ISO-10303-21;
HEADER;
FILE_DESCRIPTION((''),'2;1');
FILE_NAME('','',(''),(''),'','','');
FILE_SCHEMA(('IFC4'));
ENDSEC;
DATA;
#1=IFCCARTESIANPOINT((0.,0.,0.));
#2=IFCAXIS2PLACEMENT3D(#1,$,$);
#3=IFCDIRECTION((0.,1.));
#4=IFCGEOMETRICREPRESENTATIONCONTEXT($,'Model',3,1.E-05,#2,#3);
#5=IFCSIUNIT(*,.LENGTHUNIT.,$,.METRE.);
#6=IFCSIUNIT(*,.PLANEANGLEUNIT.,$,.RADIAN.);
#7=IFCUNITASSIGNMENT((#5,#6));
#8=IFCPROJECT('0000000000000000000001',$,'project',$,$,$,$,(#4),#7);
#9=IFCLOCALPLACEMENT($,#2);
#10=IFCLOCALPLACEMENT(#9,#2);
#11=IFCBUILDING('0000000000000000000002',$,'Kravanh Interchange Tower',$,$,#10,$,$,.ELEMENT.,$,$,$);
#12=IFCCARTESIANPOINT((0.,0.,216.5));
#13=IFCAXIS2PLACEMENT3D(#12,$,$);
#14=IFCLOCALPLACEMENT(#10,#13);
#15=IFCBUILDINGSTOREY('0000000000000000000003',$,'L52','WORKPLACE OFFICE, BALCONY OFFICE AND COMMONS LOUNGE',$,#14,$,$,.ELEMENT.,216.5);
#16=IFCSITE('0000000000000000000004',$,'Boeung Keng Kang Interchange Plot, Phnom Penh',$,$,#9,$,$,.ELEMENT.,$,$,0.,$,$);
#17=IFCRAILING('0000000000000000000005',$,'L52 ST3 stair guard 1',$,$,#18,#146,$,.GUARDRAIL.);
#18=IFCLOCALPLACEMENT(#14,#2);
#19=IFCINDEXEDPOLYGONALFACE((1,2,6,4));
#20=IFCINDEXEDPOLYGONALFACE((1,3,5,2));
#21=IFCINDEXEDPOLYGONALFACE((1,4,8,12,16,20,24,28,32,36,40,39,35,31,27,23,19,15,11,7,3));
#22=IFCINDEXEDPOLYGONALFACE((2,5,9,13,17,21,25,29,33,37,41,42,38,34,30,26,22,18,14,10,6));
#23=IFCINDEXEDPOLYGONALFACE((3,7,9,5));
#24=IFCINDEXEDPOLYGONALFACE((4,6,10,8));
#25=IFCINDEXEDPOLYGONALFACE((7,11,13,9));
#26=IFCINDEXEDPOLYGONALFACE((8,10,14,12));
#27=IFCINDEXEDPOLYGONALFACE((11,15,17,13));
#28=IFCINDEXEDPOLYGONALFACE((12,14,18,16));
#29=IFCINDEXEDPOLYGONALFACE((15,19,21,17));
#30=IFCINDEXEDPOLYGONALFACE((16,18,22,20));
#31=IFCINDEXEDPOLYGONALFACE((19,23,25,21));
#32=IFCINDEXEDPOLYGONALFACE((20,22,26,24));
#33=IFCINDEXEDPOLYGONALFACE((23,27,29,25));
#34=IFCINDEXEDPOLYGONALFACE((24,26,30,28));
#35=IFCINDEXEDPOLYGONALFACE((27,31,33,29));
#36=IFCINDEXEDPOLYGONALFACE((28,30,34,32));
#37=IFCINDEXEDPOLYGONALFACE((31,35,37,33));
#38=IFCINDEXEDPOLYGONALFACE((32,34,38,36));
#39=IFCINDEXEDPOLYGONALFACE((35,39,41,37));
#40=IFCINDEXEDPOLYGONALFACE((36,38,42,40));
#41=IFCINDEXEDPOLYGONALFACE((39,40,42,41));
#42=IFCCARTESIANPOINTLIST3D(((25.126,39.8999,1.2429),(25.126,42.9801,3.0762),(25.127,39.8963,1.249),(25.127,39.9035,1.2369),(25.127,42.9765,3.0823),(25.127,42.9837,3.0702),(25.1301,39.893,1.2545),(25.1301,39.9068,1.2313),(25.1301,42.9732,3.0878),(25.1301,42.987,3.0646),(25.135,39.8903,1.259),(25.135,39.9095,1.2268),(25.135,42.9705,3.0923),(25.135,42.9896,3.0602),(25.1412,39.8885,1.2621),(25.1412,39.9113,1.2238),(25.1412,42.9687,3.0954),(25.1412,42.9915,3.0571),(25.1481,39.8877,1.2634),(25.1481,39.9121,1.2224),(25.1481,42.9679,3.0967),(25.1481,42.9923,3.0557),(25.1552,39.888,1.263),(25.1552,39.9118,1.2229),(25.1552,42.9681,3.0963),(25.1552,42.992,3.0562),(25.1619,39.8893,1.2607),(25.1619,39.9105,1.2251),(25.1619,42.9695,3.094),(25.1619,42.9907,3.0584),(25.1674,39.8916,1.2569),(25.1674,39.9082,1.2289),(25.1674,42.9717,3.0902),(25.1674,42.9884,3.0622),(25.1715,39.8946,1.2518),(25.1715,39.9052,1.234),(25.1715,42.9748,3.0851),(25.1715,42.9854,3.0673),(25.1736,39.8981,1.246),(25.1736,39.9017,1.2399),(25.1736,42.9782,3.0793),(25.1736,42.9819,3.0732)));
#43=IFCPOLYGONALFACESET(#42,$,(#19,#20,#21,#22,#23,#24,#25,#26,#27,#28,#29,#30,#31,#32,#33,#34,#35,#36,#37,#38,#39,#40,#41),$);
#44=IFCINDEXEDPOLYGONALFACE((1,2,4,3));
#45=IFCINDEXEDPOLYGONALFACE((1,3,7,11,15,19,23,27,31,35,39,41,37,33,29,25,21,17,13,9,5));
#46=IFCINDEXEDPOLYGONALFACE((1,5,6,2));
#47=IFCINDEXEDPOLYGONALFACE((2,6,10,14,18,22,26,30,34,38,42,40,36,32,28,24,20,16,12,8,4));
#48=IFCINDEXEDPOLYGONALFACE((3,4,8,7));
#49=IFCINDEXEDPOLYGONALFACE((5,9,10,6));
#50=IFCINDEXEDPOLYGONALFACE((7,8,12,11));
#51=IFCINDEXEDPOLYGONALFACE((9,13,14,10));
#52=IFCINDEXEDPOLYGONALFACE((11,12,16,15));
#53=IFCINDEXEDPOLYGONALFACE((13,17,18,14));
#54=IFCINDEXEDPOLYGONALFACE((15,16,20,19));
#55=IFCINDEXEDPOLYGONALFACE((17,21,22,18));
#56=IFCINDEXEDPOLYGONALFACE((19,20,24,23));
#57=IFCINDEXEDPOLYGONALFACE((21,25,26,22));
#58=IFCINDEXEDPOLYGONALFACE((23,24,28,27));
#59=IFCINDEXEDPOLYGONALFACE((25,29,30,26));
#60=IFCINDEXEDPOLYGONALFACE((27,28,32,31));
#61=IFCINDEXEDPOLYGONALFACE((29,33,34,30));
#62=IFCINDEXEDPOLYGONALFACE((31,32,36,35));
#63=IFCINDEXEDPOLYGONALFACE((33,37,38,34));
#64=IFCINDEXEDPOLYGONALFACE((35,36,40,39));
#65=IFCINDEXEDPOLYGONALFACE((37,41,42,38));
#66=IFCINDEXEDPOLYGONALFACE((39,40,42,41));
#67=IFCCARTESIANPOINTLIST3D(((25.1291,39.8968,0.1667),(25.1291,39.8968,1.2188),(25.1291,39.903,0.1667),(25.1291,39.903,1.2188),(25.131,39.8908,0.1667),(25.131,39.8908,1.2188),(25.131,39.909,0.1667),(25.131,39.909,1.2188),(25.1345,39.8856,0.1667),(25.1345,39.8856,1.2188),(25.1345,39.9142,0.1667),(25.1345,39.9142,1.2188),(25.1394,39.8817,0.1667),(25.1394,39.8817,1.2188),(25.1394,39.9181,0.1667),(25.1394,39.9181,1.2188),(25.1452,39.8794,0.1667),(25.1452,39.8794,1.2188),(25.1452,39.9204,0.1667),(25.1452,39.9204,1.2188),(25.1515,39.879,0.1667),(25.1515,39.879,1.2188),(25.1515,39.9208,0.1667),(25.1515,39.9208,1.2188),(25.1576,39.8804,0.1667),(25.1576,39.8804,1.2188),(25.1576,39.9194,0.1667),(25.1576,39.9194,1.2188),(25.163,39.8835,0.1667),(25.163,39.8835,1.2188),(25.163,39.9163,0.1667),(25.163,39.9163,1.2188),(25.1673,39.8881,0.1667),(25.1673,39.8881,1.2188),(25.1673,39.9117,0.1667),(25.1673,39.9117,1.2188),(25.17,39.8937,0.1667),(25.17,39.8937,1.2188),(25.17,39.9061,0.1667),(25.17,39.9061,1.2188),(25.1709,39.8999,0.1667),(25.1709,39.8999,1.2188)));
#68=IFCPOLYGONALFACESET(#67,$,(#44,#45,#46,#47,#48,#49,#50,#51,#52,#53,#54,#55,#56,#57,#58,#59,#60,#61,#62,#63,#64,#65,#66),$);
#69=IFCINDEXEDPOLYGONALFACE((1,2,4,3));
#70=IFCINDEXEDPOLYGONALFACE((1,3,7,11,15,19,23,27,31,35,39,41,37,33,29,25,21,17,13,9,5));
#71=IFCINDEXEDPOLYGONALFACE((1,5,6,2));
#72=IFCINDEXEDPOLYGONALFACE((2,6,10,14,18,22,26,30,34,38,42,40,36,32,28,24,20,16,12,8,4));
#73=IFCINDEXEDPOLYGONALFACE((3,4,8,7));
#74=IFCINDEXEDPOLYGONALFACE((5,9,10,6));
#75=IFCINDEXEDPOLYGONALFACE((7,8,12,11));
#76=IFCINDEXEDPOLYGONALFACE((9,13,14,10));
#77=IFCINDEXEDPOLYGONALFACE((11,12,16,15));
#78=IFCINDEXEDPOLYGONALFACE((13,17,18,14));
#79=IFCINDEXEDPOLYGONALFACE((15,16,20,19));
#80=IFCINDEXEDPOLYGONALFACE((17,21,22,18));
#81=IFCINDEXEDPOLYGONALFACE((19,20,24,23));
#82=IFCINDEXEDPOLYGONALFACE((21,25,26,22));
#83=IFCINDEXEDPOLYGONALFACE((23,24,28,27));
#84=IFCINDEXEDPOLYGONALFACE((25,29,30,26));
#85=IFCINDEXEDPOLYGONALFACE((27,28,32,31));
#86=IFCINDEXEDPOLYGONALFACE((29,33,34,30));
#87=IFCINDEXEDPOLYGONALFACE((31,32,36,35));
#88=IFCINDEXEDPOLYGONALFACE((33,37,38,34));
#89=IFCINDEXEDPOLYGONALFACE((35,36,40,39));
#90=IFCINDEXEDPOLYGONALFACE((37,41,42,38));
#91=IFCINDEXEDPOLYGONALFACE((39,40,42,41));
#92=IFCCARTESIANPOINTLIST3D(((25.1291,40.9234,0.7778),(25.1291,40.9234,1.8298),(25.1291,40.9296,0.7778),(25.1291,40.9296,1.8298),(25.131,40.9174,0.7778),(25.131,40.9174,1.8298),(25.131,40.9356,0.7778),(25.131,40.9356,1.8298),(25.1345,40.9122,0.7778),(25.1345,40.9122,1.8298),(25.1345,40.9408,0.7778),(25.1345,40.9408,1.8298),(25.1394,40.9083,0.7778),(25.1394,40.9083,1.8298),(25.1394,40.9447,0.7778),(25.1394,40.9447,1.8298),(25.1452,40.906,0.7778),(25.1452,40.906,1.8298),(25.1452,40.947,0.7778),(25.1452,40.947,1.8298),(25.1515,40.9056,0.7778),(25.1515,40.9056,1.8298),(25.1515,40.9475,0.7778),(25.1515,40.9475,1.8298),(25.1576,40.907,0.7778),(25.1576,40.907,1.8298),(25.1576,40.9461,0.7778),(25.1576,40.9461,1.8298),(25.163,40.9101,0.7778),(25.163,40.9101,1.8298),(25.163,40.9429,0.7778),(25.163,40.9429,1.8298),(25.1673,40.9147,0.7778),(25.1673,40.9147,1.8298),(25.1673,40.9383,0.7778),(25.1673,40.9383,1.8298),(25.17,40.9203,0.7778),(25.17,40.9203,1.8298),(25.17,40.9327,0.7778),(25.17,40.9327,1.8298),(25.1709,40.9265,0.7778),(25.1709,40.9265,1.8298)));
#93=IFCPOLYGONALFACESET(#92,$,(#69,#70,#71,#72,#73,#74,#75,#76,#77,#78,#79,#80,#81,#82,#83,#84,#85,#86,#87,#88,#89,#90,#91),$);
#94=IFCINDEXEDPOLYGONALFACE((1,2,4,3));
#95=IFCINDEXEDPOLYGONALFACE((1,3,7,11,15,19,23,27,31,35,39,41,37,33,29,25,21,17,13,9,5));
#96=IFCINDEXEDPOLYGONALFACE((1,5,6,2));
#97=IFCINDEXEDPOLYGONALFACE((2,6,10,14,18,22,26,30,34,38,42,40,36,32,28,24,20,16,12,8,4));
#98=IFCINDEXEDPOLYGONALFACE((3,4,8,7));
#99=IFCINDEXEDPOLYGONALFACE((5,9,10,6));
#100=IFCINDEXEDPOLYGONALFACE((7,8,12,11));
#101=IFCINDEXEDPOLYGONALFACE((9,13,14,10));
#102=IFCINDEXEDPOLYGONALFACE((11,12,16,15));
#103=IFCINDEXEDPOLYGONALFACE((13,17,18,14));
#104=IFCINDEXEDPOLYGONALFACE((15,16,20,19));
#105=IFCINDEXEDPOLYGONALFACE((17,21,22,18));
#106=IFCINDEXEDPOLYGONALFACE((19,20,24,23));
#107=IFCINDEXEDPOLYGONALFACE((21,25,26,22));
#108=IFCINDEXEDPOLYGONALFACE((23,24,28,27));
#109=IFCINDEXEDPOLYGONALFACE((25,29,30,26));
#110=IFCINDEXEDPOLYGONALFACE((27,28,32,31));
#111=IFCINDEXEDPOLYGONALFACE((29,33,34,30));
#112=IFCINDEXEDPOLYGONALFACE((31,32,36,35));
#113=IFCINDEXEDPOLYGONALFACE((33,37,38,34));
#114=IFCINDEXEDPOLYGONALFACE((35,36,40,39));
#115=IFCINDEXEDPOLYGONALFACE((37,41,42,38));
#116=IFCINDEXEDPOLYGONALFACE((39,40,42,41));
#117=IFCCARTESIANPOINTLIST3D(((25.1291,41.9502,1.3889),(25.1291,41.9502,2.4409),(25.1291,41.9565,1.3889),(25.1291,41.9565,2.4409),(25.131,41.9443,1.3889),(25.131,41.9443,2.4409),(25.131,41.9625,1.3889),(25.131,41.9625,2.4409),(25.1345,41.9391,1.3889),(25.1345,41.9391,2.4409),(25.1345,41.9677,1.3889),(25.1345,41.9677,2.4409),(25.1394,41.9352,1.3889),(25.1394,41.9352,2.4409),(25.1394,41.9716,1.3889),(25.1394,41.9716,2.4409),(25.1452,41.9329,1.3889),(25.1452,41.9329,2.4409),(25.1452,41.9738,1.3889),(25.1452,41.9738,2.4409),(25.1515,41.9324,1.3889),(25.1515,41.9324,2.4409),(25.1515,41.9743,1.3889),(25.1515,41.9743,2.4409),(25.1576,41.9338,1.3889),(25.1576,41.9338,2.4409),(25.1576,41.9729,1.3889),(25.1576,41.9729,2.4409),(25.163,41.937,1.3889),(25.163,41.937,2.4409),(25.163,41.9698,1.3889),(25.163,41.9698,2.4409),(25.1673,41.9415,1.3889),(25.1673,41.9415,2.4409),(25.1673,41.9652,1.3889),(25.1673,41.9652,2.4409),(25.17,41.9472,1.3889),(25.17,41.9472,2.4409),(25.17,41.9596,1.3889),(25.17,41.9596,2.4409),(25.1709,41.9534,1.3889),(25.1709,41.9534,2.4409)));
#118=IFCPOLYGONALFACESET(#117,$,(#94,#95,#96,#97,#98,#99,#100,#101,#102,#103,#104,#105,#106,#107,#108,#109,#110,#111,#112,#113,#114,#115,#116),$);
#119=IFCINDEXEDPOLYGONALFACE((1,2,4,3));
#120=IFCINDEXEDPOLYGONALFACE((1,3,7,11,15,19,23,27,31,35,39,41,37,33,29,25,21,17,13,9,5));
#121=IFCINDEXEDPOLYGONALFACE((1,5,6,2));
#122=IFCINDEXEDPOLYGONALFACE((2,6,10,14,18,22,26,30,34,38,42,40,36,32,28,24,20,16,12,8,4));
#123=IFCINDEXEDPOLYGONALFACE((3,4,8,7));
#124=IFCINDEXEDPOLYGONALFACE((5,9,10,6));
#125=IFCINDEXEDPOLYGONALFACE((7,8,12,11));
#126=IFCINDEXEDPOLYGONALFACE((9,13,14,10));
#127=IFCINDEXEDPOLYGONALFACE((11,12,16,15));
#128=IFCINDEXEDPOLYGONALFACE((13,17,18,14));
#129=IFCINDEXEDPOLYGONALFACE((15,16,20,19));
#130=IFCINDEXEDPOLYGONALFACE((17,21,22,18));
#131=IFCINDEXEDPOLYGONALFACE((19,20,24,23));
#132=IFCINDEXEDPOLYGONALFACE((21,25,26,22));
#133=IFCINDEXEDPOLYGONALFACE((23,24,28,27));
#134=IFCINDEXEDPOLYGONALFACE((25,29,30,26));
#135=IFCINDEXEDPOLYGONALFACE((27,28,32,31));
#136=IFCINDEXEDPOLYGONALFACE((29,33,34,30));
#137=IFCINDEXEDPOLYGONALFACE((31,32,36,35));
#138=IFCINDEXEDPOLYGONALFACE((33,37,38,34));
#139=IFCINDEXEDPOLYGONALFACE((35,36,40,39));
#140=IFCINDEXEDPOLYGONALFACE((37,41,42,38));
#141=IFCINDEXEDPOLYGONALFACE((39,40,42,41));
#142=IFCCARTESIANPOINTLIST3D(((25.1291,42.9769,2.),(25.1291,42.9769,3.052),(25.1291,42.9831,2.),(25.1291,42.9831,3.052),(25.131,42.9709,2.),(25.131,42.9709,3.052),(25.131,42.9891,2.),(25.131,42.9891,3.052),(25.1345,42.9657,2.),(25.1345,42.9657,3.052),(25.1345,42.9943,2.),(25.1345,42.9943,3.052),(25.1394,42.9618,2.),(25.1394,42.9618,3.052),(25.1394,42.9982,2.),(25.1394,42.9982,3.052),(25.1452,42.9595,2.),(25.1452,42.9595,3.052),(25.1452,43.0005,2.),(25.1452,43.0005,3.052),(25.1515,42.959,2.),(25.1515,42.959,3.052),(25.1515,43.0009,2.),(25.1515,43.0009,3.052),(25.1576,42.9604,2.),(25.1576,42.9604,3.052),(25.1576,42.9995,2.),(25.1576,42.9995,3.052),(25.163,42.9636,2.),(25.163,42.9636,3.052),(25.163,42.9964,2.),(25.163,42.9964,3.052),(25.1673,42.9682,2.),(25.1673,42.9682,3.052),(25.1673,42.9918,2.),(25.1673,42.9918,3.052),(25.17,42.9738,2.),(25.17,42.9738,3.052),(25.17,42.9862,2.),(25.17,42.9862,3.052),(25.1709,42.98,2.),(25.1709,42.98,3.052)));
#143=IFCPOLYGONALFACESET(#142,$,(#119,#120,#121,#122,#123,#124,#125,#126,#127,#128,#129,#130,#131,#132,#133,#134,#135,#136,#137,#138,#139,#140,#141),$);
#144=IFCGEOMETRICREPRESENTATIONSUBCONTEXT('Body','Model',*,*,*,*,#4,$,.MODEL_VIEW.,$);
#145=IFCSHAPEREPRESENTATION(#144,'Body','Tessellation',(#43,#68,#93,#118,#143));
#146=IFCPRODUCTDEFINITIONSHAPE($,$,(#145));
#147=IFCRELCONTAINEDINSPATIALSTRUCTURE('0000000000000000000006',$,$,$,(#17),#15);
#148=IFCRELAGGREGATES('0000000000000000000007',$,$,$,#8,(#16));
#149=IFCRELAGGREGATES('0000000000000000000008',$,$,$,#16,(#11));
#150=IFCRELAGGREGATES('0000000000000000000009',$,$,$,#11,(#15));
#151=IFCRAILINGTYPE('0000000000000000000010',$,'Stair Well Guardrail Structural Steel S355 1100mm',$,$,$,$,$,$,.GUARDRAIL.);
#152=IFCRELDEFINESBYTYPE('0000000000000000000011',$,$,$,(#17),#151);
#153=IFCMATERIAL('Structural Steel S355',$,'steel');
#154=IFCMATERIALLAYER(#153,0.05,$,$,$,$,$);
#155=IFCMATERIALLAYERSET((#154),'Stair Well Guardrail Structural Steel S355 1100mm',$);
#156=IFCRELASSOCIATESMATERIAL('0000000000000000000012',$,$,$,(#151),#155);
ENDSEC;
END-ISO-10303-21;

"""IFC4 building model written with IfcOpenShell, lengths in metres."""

from ifc_helpers import new_model, si_unit, direction, frame, origin, origin_2d, place, context, subcontext, project, spatial, circle, extrude, material, layer, layer_set, type_object, element, save


model = new_model("IFC4")

# Units and contexts
model_context = context("Model", 3, precision=1e-05, world=origin(), true_north=direction((0.0, 1.0)))
body_context = subcontext(model_context, "Body", "Model", "MODEL_VIEW")
ifc_project = project(units=[si_unit("LENGTHUNIT", "METRE"), si_unit("PLANEANGLEUNIT", "RADIAN")], contexts=[model_context])

# Site, building, storey
site_placement = place(None, origin())
site = spatial("IfcSite", under=ifc_project, at=site_placement, Name="Boeung Keng Kang Interchange Plot, Phnom Penh", CompositionType="ELEMENT", RefElevation=0.0)
building_placement = place(site_placement, origin())
building = spatial("IfcBuilding", under=site, at=building_placement, Name="Kravanh Interchange Tower", CompositionType="ELEMENT")
storey_placement = place(building_placement, frame((0.0, 0.0, 216.5)))
storey = spatial("IfcBuildingStorey", under=building, at=storey_placement, Name="L52", Description="WORKPLACE OFFICE, BALCONY OFFICE AND COMMONS LOUNGE", CompositionType="ELEMENT", Elevation=216.5)

# Railing
ifc_material_1 = material(Name="Structural Steel S355", Category="steel")
ifc_layer_1 = layer(ifc_material_1, 0.05)
ifc_layer_set_1 = layer_set([ifc_layer_1], Name="Stair Well Guardrail Structural Steel S355 1100mm")
railing_type_1 = type_object("IfcRailingType", Name="Stair Well Guardrail Structural Steel S355 1100mm", PredefinedType="GUARDRAIL", material=ifc_layer_set_1)
railing_1_placement = place(storey_placement, frame((25.1499, 39.8999, 0.1667)))
element("IfcRailing", 1, at=railing_1_placement, inside=storey, type_object=railing_type_1, Name="L52 ST3 stair guard 1", PredefinedType="GUARDRAIL", context=body_context, shape_type="SweptSolid", body=[
    extrude(circle(Radius=0.0239, at=origin_2d()), frame((0.0, 0.0, 1.0762), z_axis=(0.0, 0.859309, 0.511458), x_axis=(-1.0, 0.0, 0.0)), (0.0, 0.0, 1.0), 3.5845),
    extrude(circle(Radius=0.021, at=origin_2d()), origin(), (0.0, 0.0, 1.0), 1.052),
    extrude(circle(Radius=0.021, at=origin_2d()), frame((0.0, 1.0266, 0.6111)), (0.0, 0.0, 1.0), 1.052),
    extrude(circle(Radius=0.021, at=origin_2d()), frame((0.0, 2.0535, 1.2222)), (0.0, 0.0, 1.0), 1.052),
    extrude(circle(Radius=0.021, at=origin_2d()), frame((0.0, 3.0801, 1.8333)), (0.0, 0.0, 1.0), 1.052),
])

save(model, "model.ifc")
